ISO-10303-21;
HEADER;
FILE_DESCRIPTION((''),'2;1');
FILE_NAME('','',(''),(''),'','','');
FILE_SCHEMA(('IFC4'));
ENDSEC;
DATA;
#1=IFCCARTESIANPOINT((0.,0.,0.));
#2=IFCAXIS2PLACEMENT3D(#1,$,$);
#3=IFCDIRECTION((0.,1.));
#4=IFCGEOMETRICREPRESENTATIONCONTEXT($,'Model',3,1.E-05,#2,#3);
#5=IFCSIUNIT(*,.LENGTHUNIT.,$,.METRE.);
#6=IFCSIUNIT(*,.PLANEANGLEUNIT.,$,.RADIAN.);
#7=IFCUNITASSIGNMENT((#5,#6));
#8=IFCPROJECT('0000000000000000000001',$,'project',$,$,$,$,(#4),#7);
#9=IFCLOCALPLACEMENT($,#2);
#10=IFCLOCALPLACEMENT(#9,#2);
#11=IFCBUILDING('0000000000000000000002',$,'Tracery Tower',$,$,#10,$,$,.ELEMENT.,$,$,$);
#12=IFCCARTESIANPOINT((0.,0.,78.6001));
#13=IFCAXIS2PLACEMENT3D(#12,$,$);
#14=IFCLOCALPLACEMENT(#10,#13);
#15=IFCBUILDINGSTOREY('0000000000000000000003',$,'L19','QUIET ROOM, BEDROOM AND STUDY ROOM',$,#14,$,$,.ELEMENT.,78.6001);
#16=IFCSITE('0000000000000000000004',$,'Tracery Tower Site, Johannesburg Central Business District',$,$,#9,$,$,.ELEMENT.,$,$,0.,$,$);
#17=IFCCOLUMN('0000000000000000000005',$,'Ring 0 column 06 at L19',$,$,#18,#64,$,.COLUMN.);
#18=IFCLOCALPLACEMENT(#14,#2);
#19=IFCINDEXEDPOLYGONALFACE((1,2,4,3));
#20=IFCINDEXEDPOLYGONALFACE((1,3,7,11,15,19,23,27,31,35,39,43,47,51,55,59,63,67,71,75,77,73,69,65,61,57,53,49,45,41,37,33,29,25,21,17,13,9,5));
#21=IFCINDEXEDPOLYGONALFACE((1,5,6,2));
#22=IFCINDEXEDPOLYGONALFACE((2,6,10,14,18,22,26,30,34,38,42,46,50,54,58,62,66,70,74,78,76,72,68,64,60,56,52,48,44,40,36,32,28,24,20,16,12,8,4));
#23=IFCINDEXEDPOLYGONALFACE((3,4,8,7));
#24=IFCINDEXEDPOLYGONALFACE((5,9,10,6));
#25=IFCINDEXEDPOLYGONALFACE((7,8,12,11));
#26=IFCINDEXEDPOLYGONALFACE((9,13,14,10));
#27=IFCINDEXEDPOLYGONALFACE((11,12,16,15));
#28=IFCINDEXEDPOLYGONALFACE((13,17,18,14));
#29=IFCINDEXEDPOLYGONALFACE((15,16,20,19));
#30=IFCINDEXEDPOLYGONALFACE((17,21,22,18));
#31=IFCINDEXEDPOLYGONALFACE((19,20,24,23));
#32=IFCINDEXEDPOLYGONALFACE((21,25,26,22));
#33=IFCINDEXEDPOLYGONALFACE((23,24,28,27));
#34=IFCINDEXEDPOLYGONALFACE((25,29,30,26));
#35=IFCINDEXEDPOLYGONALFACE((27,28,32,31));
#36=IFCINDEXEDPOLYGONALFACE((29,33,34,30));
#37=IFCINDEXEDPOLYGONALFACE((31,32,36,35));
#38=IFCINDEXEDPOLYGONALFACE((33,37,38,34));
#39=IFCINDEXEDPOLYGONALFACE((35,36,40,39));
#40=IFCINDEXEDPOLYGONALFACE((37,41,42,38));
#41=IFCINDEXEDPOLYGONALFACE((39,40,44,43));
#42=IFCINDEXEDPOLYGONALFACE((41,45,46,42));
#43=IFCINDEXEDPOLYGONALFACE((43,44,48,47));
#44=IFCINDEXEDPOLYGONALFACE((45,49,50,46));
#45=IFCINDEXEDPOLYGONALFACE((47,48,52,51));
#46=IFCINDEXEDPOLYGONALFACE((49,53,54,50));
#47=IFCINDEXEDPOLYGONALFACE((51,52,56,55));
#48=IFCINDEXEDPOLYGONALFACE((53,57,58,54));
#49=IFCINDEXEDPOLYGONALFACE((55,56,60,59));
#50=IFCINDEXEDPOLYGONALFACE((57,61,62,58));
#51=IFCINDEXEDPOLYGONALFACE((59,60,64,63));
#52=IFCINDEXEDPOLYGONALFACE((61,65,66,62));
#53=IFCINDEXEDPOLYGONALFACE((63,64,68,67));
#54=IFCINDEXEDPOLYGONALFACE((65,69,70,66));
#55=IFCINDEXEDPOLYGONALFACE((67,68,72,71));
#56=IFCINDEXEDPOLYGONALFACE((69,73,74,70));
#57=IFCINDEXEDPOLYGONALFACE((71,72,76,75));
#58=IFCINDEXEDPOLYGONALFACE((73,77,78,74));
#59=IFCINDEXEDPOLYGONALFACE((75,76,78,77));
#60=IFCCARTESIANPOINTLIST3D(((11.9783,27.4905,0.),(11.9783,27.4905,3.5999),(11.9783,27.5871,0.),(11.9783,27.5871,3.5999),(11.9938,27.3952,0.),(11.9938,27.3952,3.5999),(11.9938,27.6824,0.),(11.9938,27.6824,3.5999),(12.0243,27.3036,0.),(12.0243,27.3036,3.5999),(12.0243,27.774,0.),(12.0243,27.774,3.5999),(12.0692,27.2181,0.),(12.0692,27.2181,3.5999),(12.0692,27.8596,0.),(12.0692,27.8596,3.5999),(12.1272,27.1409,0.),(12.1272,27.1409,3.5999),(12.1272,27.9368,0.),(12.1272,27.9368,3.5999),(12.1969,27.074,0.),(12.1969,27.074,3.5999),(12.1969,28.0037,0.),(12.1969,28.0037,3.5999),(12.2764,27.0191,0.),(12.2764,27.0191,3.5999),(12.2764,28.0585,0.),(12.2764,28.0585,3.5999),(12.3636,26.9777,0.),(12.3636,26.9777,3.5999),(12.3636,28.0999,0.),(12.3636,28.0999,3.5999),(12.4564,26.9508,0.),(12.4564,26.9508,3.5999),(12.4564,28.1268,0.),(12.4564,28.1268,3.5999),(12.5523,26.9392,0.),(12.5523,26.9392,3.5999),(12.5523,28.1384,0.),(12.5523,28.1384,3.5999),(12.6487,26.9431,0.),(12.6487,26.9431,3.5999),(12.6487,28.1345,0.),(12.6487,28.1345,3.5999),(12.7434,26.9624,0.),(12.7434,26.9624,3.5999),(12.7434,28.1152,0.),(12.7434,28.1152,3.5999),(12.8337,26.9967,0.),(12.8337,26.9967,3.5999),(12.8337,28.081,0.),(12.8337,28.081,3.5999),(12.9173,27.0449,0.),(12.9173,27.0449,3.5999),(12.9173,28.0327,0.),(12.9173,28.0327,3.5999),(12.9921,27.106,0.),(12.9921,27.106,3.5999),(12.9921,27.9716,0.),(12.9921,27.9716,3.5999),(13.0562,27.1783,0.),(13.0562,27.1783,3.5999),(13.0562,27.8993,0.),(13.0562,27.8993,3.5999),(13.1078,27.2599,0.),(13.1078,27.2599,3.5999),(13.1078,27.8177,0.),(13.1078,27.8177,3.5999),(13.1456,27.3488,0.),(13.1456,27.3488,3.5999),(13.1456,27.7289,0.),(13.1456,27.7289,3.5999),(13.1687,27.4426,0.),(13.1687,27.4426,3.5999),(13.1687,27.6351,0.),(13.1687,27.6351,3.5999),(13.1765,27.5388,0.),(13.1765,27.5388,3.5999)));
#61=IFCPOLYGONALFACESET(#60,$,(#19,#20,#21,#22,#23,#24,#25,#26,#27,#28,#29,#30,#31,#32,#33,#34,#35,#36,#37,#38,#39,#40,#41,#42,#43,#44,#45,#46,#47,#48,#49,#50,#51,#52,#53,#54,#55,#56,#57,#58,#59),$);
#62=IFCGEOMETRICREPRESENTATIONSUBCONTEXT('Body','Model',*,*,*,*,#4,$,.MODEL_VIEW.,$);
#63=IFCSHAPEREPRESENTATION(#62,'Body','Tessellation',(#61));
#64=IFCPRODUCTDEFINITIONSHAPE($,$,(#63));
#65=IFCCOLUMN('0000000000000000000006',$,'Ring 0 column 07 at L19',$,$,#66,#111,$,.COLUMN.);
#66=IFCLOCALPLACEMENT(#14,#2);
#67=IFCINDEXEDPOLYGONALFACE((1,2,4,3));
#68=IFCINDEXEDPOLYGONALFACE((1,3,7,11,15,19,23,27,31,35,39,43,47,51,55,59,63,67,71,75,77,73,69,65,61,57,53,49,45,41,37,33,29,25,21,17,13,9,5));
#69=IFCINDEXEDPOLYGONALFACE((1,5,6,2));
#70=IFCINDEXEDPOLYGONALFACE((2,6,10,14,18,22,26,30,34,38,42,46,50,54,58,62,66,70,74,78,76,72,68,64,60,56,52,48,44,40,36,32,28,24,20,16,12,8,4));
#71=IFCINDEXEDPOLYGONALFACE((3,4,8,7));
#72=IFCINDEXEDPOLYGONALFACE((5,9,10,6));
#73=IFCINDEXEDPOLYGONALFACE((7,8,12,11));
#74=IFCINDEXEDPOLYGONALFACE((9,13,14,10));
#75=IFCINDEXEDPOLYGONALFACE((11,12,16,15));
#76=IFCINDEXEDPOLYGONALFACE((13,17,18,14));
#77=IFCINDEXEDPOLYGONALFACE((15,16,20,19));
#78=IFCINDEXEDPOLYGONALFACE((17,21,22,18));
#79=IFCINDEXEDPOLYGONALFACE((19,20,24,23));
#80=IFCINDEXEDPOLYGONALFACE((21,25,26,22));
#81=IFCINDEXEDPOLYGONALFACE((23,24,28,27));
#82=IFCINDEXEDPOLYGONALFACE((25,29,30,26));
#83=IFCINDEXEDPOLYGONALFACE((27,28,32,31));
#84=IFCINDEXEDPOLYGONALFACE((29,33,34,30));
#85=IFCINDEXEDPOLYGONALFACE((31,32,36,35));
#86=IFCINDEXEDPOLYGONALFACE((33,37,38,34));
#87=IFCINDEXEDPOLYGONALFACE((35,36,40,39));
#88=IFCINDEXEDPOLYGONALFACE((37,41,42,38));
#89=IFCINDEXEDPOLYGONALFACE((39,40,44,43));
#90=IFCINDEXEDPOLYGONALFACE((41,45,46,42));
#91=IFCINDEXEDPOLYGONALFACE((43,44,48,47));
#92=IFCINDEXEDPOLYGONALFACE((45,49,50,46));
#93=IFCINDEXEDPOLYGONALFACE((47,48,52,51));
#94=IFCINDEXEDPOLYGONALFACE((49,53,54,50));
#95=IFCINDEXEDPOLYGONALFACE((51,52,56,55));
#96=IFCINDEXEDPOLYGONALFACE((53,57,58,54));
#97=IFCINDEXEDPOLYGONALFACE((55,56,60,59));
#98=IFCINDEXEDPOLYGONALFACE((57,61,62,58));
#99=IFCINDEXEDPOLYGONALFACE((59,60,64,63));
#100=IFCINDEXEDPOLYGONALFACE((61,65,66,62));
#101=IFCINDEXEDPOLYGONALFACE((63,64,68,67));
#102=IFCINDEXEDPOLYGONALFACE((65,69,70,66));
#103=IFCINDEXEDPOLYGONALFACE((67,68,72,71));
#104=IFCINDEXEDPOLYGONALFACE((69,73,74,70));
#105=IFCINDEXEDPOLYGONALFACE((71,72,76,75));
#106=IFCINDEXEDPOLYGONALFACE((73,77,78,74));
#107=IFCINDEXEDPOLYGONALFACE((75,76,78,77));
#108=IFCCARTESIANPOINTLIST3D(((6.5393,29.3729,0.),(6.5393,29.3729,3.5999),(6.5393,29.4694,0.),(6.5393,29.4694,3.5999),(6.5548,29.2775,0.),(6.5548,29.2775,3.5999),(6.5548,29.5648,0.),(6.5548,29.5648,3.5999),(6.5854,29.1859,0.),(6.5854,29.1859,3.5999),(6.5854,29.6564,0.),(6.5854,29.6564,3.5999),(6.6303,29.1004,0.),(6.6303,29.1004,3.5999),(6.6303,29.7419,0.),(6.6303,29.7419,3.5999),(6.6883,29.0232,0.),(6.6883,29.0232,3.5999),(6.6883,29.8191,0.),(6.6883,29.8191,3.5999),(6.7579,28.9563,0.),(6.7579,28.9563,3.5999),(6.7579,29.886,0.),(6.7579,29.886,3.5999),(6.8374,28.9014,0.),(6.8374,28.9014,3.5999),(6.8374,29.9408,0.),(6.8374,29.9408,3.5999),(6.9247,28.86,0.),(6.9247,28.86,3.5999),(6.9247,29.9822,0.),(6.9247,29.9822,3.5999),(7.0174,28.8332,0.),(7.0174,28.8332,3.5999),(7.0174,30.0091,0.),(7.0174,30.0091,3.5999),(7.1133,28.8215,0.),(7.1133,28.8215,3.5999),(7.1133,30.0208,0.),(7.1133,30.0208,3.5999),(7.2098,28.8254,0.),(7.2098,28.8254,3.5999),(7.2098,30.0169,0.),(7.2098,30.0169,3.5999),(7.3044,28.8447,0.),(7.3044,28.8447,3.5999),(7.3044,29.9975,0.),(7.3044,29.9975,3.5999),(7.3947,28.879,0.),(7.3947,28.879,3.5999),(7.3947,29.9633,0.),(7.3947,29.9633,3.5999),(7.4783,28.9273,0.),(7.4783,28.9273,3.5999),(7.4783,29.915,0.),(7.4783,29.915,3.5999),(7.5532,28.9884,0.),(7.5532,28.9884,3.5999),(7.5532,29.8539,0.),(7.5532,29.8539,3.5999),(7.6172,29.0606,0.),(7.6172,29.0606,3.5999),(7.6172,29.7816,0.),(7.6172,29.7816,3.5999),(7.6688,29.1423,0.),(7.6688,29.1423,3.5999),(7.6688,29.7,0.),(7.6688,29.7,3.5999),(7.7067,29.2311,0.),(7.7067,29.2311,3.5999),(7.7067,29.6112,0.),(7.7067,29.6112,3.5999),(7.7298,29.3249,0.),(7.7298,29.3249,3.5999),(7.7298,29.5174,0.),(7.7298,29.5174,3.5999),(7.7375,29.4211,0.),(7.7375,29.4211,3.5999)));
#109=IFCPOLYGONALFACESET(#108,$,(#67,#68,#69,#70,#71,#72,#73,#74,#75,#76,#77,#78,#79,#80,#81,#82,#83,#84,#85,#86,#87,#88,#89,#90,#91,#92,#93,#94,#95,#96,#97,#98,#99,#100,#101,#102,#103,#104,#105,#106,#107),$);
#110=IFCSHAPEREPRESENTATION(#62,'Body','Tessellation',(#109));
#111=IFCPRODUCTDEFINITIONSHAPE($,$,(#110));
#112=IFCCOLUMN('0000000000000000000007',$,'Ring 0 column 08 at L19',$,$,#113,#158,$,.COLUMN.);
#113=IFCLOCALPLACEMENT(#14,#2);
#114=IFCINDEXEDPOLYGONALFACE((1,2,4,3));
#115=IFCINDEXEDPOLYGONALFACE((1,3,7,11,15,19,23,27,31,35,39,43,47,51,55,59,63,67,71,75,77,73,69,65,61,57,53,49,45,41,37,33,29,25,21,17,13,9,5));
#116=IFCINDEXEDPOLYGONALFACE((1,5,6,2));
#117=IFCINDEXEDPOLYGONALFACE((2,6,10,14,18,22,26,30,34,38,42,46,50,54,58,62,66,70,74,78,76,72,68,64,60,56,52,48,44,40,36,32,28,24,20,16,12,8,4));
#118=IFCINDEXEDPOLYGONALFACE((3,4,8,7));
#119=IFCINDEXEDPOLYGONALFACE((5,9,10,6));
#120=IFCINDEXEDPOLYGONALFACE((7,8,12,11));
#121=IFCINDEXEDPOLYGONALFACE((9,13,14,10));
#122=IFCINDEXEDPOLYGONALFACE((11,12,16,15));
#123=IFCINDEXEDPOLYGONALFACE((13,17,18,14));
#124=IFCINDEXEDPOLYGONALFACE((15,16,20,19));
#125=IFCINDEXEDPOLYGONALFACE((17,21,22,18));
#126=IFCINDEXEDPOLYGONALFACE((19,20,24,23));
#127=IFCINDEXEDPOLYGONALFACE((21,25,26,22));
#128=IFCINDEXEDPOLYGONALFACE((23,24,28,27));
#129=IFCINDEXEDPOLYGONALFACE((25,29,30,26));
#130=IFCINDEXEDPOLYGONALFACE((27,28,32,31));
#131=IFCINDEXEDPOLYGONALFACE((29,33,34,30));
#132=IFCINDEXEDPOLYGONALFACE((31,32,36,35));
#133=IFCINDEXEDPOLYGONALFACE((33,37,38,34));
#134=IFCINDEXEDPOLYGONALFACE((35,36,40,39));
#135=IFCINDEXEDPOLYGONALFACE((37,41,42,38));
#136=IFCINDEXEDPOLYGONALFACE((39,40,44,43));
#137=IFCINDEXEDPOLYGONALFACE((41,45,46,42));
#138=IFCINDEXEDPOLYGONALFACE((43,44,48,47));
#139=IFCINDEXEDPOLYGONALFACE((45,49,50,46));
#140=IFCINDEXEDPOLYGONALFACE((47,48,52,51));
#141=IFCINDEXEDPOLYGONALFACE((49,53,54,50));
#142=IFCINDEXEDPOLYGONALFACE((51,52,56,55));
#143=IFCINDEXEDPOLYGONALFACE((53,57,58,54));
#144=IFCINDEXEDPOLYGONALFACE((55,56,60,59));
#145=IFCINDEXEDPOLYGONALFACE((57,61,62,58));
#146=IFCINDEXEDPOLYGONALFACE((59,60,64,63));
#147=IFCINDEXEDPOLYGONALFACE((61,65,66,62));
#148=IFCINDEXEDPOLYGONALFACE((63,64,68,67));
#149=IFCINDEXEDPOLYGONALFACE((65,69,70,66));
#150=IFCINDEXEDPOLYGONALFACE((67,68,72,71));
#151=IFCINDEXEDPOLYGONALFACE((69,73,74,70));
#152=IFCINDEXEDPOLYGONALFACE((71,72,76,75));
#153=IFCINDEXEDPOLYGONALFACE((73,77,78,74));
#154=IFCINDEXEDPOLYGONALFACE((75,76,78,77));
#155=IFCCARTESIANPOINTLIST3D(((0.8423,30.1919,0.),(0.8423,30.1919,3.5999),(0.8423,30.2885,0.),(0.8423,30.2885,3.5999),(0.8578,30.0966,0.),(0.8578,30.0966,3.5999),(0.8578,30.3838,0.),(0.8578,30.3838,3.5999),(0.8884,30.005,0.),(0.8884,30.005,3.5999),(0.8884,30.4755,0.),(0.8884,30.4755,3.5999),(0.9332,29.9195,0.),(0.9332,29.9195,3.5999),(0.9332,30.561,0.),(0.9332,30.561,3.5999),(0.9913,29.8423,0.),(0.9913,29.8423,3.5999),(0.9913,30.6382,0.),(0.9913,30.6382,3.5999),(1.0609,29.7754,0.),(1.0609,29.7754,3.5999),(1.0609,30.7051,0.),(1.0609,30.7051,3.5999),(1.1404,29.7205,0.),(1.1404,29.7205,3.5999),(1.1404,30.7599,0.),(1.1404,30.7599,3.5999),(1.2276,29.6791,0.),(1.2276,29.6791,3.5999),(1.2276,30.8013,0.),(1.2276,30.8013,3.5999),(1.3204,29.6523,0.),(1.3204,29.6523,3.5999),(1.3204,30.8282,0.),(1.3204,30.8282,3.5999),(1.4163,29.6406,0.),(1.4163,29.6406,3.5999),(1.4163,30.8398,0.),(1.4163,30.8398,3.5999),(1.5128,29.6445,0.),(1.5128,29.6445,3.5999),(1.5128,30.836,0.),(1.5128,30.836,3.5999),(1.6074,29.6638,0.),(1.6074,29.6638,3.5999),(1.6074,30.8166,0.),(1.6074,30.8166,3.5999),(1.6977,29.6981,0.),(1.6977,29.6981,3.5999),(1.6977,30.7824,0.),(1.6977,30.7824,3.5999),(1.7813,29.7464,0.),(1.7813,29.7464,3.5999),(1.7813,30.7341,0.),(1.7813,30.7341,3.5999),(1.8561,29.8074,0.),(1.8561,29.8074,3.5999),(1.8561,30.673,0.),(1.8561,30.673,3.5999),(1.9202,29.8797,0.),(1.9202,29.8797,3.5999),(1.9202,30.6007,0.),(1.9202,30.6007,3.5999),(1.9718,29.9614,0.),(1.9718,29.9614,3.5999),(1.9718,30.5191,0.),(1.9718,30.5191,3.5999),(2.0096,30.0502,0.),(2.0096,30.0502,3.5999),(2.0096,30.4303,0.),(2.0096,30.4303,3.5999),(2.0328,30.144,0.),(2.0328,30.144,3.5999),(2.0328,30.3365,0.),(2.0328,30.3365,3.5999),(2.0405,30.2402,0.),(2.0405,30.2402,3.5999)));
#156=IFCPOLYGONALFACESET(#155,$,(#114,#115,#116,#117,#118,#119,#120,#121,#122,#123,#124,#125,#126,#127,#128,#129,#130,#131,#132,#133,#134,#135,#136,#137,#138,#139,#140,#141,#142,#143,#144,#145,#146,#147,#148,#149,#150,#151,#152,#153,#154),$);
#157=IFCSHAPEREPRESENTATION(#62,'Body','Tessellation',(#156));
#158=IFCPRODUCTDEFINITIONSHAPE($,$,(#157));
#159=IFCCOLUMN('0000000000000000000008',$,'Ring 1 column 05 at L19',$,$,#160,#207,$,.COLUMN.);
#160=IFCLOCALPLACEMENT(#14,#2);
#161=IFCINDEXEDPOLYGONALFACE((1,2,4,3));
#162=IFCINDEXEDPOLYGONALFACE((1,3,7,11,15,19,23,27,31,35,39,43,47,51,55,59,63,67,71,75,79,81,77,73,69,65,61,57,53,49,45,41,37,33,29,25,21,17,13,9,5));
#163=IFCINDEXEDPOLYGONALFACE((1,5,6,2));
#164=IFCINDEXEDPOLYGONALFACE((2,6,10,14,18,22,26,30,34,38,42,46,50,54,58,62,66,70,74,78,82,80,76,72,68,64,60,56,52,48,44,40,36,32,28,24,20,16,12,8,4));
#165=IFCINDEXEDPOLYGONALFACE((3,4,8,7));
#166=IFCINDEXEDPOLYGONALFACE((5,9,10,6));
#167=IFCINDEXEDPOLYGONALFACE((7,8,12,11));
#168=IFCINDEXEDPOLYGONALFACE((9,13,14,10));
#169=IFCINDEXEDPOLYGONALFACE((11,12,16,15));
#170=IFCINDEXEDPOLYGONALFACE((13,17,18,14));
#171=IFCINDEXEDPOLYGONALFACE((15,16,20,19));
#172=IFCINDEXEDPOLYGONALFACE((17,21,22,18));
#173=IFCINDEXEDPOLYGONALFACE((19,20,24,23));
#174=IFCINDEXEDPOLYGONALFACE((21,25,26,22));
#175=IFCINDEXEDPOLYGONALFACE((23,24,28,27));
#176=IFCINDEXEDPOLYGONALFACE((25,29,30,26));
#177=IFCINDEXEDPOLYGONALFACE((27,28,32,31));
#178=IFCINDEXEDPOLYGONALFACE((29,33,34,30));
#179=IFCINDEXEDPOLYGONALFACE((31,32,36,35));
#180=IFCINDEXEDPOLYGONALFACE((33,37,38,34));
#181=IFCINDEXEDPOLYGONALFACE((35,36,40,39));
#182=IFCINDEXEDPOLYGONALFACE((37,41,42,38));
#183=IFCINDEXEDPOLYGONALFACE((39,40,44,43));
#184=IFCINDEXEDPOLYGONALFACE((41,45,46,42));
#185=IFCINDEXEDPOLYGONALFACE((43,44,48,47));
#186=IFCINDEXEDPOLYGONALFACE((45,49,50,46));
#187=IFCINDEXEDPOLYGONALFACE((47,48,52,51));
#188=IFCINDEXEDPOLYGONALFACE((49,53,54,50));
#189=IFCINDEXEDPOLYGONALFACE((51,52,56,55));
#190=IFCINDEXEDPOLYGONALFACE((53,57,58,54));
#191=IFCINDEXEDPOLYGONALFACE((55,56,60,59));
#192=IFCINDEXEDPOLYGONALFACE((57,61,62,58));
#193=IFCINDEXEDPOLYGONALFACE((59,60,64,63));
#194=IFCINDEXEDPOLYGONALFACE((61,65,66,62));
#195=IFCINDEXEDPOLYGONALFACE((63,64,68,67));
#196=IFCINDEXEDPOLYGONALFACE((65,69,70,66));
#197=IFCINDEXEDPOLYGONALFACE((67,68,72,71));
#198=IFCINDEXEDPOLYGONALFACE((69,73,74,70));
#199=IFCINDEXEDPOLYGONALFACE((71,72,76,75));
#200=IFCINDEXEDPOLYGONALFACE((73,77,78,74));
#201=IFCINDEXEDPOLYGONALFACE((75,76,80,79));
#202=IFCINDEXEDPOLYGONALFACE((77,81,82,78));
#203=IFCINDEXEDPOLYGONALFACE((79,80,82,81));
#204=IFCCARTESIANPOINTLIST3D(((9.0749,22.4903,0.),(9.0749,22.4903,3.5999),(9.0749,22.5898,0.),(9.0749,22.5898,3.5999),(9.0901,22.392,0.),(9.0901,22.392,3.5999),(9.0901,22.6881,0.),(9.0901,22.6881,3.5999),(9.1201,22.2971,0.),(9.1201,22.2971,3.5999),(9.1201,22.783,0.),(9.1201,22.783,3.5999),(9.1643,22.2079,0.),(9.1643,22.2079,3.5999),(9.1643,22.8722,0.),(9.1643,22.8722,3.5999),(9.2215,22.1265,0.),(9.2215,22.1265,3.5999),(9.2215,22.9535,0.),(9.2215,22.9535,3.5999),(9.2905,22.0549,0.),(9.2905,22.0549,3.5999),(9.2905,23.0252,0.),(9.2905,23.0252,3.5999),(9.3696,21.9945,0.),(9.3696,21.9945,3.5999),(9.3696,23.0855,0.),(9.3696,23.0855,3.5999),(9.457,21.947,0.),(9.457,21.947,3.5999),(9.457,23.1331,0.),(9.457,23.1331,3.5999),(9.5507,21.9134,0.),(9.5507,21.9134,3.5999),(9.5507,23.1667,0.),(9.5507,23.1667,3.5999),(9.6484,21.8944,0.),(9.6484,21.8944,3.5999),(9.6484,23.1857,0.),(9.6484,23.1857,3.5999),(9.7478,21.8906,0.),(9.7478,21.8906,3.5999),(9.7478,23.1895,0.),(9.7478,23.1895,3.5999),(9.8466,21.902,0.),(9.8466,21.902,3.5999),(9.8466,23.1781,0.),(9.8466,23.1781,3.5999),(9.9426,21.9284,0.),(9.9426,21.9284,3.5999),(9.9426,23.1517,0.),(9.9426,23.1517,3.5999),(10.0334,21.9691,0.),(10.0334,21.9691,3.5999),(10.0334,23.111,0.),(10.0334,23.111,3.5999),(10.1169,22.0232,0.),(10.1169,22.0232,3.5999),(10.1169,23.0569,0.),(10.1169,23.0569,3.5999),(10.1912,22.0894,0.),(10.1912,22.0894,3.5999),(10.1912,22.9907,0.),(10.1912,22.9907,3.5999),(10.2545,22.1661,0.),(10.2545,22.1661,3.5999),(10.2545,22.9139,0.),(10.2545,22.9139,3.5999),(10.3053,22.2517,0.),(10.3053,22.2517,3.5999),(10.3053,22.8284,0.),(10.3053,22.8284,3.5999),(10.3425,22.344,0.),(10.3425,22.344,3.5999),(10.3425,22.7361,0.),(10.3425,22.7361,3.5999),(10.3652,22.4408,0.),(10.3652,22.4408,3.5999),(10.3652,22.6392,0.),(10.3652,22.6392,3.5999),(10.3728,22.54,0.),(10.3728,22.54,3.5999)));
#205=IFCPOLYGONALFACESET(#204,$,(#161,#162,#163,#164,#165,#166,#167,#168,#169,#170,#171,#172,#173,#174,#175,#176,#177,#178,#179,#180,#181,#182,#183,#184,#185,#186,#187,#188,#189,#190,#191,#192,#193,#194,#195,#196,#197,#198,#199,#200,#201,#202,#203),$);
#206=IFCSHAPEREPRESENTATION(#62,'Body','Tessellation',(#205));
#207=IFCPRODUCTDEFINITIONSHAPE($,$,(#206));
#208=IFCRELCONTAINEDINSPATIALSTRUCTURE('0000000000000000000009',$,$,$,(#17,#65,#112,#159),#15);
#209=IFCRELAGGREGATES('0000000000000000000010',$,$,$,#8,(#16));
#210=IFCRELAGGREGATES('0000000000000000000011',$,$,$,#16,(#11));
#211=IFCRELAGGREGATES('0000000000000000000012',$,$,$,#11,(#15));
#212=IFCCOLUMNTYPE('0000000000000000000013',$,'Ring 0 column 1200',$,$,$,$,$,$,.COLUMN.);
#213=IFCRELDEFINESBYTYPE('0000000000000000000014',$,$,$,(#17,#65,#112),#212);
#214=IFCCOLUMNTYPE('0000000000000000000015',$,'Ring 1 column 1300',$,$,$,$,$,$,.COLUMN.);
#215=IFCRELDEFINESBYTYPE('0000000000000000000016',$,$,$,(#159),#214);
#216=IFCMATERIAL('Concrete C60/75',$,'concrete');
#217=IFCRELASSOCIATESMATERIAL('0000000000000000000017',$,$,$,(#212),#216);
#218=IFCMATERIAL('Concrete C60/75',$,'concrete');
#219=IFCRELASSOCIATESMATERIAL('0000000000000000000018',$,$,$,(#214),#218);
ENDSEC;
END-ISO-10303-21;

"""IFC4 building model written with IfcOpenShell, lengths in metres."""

from ifc_helpers import new_model, si_unit, direction, frame, origin, origin_2d, place, context, subcontext, project, spatial, circle, extrude, material, material_profile, profile_set, type_object, element, save


model = new_model("IFC4")

# Units and contexts
model_context = context("Model", 3, precision=1e-05, world=origin(), true_north=direction((0.0, 1.0)))
body_context = subcontext(model_context, "Body", "Model", "MODEL_VIEW")
ifc_project = project(units=[si_unit("LENGTHUNIT", "METRE"), si_unit("PLANEANGLEUNIT", "RADIAN")], contexts=[model_context])

# Site, building, storey
site_placement = place(None, origin())
site = spatial("IfcSite", under=ifc_project, at=site_placement, Name="Tracery Tower Site, Johannesburg Central Business District", CompositionType="ELEMENT", RefElevation=0.0)
building_placement = place(site_placement, origin())
building = spatial("IfcBuilding", under=site, at=building_placement, Name="Tracery Tower", CompositionType="ELEMENT")
storey_placement = place(building_placement, frame((0.0, 0.0, 78.6001)))
storey = spatial("IfcBuildingStorey", under=building, at=storey_placement, Name="L19", Description="QUIET ROOM, BEDROOM AND STUDY ROOM", CompositionType="ELEMENT", Elevation=78.6001)

# Columns
ifc_material_1 = material(Name="Concrete C60/75", Category="concrete")
ifc_material_profile_1 = material_profile(ifc_material_1, circle(Radius=0.6001, at=origin_2d()), Name="RC D1200")
ifc_profile_set_1 = profile_set([ifc_material_profile_1], Name="Concrete C60/75")
column_type_1 = type_object("IfcColumnType", Name="Ring 0 column 1200", PredefinedType="COLUMN", material=ifc_profile_set_1)
for number, where, z_axis, x_axis, name in (
    (1, (12.5764, 27.5388, 0.0), (0.0, 0.0, 1.0), (1.0, 0.0, 0.0), "Ring 0 column 06 at L19"),
    (2, (7.1375, 29.4211, 0.0), (0.0, 0.0, 1.0), (1.0, 0.0, 0.0), "Ring 0 column 07 at L19"),
    (3, (1.4404, 30.2402, 0.0), (0.0, 0.0, 1.0), (1.0, 0.0, 0.0), "Ring 0 column 08 at L19"),
):
    element("IfcColumn", number, at=place(storey_placement, frame(where, z_axis=z_axis, x_axis=x_axis)), inside=storey, type_object=column_type_1, Name=name, PredefinedType="COLUMN", context=body_context, shape_type="SweptSolid", body=[
        extrude(circle(Radius=0.6001, at=origin_2d()), origin(), (0.0, 0.0, 1.0), 3.5999),
    ])
ifc_material_2 = material(Name="Concrete C60/75", Category="concrete")
ifc_material_profile_2 = material_profile(ifc_material_2, circle(Radius=0.6499, at=origin_2d()), Name="RC D1300")
ifc_profile_set_2 = profile_set([ifc_material_profile_2], Name="Concrete C60/75")
column_type_2 = type_object("IfcColumnType", Name="Ring 1 column 1300", PredefinedType="COLUMN", material=ifc_profile_set_2)
for number, where, z_axis, x_axis, name in (
    (4, (9.7229, 22.54, 0.0), (0.0, 0.0, 1.0), (1.0, 0.0, 0.0), "Ring 1 column 05 at L19"),
):
    element("IfcColumn", number, at=place(storey_placement, frame(where, z_axis=z_axis, x_axis=x_axis)), inside=storey, type_object=column_type_2, Name=name, PredefinedType="COLUMN", context=body_context, shape_type="SweptSolid", body=[
        extrude(circle(Radius=0.6499, at=origin_2d()), origin(), (0.0, 0.0, 1.0), 3.5999),
    ])

save(model, "model.ifc")
